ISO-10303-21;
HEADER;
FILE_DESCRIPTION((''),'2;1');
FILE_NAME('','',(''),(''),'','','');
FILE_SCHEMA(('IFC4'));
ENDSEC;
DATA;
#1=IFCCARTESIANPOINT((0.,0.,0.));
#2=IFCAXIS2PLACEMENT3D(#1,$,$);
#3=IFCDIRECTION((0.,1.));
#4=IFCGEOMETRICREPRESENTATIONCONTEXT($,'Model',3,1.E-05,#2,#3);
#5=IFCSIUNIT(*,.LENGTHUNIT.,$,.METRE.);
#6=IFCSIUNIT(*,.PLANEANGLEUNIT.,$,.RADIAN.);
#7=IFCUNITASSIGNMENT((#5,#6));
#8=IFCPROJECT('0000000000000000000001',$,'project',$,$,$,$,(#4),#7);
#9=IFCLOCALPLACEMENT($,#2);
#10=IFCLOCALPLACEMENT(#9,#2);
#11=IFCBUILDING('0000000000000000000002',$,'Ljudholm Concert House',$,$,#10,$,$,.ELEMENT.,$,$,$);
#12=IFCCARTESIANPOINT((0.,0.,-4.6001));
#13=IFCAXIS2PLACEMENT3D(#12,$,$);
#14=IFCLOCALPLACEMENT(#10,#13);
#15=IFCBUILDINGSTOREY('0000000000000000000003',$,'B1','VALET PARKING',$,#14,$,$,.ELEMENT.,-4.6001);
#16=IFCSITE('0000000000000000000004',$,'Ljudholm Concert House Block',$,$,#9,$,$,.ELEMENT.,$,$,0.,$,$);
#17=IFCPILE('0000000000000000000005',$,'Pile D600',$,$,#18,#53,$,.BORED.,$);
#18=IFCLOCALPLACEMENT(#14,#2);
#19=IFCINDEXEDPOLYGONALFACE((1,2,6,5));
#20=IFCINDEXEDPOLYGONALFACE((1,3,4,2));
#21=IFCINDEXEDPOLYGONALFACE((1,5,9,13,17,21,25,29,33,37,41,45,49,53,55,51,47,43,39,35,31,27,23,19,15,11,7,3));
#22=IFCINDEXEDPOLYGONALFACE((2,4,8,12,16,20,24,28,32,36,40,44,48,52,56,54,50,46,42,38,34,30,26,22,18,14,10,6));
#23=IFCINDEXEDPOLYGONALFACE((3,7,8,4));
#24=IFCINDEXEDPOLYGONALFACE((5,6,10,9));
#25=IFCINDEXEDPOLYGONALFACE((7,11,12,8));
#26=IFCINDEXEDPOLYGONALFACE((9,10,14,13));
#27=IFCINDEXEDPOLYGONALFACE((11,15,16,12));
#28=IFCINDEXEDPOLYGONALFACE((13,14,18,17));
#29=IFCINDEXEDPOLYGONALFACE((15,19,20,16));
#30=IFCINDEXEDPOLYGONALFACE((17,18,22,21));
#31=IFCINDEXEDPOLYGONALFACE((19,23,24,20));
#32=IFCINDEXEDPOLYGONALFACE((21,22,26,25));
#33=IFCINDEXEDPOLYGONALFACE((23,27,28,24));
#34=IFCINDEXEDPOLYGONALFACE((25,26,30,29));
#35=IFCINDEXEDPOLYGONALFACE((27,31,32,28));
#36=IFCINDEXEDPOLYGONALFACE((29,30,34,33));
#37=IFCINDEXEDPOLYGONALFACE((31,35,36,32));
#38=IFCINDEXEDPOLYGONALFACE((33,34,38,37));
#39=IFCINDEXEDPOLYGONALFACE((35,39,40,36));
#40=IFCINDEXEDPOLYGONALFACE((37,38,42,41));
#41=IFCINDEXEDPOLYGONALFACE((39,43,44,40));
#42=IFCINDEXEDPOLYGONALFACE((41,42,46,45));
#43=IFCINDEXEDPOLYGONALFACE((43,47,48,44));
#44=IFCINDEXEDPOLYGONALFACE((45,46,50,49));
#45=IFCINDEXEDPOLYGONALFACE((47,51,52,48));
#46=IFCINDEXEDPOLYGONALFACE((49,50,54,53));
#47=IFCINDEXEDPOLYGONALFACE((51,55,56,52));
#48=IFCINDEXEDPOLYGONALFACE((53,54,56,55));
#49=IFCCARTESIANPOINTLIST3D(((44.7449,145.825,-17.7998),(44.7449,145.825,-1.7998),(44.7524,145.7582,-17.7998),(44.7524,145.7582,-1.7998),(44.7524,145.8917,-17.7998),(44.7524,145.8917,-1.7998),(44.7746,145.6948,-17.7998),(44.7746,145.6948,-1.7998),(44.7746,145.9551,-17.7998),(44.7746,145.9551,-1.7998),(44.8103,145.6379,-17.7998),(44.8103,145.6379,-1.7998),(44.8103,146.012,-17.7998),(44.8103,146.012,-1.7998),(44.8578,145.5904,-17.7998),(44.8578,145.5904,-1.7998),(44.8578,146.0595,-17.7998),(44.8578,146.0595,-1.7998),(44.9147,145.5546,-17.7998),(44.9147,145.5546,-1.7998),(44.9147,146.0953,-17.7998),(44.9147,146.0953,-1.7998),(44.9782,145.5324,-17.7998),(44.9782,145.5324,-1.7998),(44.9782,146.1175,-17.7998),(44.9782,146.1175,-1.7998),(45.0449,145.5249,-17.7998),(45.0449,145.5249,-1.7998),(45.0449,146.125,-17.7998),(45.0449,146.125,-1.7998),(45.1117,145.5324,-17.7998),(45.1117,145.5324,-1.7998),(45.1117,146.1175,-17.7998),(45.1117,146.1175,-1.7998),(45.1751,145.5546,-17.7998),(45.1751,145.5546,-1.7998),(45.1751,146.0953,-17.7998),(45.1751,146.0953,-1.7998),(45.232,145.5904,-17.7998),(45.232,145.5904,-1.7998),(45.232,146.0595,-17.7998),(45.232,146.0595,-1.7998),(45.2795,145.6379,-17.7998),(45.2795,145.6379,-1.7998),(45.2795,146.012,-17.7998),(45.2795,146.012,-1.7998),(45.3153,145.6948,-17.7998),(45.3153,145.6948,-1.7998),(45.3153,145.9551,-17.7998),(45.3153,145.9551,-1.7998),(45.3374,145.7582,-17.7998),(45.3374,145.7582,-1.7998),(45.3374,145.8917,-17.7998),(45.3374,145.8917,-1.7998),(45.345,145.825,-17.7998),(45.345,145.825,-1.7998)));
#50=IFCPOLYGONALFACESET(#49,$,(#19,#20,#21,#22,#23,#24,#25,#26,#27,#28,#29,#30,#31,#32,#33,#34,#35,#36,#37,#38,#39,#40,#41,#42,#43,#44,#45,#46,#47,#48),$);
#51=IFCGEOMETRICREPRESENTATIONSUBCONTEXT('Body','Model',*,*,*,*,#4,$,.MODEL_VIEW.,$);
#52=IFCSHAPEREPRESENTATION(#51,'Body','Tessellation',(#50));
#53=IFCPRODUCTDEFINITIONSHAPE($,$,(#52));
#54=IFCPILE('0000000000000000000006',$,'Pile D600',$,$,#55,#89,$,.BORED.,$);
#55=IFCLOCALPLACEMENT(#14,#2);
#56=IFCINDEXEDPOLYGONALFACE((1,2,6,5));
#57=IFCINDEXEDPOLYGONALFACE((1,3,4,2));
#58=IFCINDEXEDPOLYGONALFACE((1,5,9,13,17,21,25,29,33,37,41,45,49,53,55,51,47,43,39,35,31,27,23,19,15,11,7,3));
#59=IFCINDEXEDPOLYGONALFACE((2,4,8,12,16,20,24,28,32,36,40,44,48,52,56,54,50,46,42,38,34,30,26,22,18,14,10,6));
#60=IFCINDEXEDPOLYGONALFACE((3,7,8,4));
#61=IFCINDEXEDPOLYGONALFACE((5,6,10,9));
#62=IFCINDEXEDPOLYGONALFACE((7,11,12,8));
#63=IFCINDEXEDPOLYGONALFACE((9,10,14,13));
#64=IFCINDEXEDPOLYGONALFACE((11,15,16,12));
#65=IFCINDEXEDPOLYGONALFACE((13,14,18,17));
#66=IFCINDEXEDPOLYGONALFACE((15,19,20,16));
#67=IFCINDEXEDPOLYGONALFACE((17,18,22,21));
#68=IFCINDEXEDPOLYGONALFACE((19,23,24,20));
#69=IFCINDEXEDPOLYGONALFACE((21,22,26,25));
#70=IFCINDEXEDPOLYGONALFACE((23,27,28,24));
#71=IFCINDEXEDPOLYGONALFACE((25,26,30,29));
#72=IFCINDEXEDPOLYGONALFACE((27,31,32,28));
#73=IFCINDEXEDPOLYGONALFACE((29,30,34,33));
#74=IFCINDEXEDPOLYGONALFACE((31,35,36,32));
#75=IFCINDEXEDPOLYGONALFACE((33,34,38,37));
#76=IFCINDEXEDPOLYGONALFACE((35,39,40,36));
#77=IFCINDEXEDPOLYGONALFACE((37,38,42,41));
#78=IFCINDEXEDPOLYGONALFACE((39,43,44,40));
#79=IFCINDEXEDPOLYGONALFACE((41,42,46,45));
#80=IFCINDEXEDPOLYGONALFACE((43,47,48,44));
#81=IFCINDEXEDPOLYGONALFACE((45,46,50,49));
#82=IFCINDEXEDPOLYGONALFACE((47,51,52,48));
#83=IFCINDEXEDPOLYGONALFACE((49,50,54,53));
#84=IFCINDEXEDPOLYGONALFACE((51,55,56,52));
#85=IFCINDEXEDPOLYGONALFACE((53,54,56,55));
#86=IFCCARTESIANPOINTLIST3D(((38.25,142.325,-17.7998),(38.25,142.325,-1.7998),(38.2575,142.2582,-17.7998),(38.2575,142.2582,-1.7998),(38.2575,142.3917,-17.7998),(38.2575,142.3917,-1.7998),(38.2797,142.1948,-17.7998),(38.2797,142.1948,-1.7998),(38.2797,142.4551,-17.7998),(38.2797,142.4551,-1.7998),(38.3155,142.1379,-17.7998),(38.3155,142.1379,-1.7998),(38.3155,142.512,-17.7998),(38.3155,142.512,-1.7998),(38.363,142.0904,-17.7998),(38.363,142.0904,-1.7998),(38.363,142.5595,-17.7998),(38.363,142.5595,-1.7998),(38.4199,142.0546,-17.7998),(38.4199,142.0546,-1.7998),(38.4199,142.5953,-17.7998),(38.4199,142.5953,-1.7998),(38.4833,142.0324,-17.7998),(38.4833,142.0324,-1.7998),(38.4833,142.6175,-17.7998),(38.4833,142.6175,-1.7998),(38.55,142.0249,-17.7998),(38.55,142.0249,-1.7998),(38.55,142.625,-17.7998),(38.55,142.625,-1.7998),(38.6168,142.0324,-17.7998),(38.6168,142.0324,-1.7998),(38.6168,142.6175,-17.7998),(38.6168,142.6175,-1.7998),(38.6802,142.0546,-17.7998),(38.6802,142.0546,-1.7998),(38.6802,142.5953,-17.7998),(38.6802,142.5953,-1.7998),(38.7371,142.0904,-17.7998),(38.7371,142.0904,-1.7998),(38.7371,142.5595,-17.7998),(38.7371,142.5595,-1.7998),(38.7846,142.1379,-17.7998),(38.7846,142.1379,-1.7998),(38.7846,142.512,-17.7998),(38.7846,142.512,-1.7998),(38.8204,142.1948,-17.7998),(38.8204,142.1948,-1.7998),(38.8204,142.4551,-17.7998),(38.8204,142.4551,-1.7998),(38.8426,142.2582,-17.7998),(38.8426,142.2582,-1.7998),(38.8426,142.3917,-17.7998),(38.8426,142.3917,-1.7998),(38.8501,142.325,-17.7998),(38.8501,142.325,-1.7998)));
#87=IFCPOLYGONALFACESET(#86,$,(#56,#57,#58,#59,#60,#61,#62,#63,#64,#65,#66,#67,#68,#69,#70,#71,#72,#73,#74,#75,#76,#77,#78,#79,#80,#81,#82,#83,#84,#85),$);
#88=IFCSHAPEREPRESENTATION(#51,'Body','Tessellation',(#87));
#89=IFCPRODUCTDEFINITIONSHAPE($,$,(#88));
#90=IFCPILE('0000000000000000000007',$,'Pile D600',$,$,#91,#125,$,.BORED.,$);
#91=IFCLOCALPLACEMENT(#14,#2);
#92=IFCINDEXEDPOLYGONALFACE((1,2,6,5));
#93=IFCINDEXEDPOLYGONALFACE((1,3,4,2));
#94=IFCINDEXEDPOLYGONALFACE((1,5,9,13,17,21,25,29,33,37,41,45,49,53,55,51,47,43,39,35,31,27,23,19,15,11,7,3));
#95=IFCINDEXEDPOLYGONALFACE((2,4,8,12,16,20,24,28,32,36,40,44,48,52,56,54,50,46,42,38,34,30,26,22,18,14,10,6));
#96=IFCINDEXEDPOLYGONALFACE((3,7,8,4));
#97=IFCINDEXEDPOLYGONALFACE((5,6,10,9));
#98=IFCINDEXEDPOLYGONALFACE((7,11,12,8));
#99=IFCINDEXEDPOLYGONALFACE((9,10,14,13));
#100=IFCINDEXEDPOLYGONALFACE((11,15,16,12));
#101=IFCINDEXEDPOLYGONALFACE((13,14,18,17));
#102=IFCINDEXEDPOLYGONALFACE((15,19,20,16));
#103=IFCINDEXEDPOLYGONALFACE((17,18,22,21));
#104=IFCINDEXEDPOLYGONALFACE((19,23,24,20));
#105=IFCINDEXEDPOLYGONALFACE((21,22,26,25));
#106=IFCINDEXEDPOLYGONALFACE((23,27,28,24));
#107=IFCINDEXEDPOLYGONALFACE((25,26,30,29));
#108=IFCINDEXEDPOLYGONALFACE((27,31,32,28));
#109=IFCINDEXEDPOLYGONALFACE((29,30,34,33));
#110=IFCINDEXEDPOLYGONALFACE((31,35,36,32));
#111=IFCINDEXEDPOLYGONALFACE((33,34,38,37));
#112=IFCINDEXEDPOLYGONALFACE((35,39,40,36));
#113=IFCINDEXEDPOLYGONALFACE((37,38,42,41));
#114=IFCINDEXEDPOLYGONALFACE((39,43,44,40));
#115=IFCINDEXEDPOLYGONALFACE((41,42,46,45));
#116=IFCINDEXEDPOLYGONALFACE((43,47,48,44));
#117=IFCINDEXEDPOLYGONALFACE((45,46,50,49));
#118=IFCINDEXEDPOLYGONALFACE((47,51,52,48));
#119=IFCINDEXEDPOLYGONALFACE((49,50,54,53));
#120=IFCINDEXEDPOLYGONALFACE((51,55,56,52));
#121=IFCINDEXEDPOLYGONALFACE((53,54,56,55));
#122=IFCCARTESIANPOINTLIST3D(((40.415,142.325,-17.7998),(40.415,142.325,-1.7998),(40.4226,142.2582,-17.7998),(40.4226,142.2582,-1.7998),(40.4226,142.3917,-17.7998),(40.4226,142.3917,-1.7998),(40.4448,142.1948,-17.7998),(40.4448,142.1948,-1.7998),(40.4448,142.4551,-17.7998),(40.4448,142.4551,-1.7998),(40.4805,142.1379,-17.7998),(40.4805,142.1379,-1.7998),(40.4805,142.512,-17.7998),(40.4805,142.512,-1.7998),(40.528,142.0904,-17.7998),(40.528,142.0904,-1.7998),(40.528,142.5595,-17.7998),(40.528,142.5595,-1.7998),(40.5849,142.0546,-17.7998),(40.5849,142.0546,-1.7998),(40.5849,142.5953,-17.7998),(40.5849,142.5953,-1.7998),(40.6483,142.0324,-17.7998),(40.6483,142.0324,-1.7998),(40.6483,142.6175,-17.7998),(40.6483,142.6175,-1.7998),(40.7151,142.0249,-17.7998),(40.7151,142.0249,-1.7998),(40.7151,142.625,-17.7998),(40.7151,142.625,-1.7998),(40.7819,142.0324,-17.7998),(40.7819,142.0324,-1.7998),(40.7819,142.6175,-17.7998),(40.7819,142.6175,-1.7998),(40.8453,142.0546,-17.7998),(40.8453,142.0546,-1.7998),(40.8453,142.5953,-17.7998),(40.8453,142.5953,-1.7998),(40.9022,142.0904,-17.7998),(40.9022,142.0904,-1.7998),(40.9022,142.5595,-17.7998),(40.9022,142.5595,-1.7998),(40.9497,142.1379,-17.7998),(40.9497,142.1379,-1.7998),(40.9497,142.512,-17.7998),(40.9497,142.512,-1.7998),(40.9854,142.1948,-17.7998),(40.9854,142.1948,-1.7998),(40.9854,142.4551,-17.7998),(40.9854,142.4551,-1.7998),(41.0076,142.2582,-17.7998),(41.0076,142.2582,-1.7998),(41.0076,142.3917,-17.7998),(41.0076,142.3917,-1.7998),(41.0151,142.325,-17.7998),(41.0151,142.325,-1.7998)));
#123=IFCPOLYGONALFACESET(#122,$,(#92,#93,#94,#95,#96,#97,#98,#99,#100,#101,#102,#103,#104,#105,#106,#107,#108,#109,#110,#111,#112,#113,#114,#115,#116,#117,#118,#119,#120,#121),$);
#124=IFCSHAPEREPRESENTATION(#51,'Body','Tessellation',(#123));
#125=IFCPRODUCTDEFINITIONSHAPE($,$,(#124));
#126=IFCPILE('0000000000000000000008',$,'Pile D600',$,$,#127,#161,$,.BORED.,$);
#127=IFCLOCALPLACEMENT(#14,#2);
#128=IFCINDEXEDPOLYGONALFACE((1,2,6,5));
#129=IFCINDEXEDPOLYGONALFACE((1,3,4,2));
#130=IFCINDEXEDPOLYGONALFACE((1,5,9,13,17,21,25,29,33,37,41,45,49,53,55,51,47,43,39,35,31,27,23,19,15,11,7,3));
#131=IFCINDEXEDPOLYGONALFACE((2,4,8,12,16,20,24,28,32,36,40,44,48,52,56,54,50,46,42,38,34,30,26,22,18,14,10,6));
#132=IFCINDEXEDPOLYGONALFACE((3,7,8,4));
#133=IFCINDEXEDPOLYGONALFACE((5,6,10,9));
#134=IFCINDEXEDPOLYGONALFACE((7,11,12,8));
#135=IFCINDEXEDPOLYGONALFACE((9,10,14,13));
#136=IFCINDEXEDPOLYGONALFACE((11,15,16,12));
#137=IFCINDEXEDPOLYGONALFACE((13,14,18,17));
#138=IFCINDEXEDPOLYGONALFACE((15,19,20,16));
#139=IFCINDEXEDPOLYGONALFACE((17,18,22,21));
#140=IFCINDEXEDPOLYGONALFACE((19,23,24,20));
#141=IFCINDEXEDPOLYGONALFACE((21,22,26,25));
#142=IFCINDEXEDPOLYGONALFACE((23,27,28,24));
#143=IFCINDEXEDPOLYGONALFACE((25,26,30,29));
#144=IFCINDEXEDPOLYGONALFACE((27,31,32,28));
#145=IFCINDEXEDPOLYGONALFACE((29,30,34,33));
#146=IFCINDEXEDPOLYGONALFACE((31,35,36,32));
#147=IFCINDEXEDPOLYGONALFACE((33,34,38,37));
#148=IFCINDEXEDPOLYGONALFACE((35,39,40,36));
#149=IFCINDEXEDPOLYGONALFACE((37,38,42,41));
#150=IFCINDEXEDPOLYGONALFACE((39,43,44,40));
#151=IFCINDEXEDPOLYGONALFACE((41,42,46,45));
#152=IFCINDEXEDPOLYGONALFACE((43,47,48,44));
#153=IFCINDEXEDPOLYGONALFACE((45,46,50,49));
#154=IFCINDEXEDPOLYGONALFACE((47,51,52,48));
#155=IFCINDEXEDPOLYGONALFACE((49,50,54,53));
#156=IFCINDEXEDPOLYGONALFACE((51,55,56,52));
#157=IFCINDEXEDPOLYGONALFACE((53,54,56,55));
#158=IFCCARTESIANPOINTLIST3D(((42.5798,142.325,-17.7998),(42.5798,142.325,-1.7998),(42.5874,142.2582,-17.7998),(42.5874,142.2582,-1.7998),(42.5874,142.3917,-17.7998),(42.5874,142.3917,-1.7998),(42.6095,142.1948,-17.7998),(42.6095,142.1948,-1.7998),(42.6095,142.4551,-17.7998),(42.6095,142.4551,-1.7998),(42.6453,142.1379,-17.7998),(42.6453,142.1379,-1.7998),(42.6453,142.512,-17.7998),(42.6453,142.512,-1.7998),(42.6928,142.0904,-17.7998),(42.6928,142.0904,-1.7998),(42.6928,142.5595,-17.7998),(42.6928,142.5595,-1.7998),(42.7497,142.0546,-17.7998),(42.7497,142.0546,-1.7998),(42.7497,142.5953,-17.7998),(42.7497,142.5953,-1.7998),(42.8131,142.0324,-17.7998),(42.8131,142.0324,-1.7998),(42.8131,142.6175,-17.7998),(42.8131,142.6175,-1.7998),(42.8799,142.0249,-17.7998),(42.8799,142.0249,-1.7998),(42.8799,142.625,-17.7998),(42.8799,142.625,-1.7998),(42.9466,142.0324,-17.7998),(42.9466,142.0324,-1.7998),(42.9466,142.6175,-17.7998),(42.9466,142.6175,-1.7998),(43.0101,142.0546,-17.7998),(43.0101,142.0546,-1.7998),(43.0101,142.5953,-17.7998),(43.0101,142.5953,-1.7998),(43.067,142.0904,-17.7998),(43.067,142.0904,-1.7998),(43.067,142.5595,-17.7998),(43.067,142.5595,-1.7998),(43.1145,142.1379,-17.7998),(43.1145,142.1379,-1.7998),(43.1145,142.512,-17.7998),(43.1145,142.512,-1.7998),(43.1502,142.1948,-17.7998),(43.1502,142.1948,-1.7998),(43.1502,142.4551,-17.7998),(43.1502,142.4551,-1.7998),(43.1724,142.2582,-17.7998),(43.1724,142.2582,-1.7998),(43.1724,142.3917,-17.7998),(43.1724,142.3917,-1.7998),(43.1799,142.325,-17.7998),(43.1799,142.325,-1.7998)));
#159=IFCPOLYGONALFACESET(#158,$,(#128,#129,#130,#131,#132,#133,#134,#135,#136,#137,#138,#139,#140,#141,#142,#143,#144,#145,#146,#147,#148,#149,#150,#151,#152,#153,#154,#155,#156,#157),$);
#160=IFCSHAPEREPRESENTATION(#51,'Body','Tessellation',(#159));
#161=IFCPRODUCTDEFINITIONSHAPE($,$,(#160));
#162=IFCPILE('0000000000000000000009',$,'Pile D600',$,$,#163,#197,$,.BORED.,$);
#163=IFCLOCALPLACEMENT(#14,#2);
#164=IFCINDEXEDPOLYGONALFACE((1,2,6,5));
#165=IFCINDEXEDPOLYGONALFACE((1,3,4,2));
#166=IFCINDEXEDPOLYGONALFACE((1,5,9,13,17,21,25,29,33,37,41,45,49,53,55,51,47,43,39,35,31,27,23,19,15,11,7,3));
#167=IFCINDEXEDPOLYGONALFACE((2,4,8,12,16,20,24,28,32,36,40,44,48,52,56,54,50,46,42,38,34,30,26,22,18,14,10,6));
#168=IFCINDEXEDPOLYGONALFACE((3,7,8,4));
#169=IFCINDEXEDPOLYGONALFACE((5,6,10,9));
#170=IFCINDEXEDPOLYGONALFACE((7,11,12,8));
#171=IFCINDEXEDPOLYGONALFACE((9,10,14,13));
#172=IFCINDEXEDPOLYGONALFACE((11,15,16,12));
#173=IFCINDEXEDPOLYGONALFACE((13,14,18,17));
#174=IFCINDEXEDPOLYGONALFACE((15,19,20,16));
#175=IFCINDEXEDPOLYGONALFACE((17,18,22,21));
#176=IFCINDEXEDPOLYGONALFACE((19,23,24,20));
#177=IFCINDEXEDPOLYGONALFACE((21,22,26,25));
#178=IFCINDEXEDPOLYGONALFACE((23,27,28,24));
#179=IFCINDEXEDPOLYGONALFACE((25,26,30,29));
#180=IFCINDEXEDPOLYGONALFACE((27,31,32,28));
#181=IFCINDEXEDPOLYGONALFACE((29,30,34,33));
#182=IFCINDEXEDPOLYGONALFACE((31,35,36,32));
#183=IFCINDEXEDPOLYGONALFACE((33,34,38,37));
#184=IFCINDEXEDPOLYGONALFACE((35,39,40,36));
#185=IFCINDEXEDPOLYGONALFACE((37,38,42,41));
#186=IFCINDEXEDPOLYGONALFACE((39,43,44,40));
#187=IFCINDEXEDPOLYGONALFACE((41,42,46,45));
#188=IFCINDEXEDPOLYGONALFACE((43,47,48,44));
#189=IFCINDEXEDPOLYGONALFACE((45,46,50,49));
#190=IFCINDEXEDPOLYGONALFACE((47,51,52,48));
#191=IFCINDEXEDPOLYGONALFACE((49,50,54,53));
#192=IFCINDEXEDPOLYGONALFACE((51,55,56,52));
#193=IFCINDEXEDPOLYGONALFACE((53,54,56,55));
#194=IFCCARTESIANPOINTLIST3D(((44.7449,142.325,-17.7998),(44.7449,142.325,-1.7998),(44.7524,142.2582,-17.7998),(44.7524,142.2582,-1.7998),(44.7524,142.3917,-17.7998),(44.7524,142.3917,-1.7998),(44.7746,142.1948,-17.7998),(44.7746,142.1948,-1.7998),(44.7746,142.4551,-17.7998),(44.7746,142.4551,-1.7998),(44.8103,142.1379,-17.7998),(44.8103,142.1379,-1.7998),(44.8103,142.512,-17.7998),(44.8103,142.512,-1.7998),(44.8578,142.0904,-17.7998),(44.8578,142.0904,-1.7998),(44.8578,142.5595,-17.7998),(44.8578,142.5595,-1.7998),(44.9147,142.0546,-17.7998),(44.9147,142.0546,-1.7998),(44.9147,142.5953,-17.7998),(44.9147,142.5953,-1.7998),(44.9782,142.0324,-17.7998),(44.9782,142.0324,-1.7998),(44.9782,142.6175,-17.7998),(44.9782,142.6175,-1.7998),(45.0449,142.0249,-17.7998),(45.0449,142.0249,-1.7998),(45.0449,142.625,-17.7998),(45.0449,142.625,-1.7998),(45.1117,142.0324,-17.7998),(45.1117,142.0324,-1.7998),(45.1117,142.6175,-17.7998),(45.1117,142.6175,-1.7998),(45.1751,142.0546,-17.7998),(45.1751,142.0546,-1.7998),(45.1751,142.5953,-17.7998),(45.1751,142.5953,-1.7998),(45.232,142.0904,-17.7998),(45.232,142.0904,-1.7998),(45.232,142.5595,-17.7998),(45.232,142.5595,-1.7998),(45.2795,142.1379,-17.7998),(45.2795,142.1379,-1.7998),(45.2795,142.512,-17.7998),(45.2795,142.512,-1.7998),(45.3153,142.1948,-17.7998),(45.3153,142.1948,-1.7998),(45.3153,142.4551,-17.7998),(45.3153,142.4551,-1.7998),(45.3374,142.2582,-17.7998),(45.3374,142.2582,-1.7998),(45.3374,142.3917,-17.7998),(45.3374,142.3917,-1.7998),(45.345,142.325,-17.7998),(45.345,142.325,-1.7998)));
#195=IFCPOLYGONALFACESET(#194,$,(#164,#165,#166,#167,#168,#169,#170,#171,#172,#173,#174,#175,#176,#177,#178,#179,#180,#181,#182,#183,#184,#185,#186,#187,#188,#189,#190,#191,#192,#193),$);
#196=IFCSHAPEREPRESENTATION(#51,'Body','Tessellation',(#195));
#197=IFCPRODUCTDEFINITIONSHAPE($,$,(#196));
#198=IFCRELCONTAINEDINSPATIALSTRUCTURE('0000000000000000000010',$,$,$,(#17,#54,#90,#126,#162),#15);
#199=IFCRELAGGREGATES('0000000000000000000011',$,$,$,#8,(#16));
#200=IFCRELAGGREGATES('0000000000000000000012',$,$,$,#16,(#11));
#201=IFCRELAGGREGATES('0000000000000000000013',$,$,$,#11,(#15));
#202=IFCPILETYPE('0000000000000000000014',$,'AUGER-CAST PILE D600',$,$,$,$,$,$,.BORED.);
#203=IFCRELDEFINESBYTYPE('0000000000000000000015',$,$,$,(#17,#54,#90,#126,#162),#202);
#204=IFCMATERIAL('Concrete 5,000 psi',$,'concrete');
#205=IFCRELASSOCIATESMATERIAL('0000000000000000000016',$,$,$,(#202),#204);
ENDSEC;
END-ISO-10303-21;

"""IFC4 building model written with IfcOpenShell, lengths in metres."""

from ifc_helpers import new_model, si_unit, direction, frame, origin, origin_2d, place, context, subcontext, project, spatial, circle, extrude, material, material_profile, profile_set, type_object, element, save


model = new_model("IFC4")

# Units and contexts
model_context = context("Model", 3, precision=1e-05, world=origin(), true_north=direction((0.0, 1.0)))
body_context = subcontext(model_context, "Body", "Model", "MODEL_VIEW")
ifc_project = project(units=[si_unit("LENGTHUNIT", "METRE"), si_unit("PLANEANGLEUNIT", "RADIAN")], contexts=[model_context])

# Site, building, storey
site_placement = place(None, origin())
site = spatial("IfcSite", under=ifc_project, at=site_placement, Name="Ljudholm Concert House Block", CompositionType="ELEMENT", RefElevation=0.0)
building_placement = place(site_placement, origin())
building = spatial("IfcBuilding", under=site, at=building_placement, Name="Ljudholm Concert House", CompositionType="ELEMENT")
storey_placement = place(building_placement, frame((0.0, 0.0, -4.6001)))
storey = spatial("IfcBuildingStorey", under=building, at=storey_placement, Name="B1", Description="VALET PARKING", CompositionType="ELEMENT", Elevation=-4.6001)

# Piles
ifc_material_1 = material(Name="Concrete 5,000 psi", Category="concrete")
ifc_material_profile_1 = material_profile(ifc_material_1, circle(Radius=0.3, at=origin_2d()), Name="AUGER-CAST PILE D600")
ifc_profile_set_1 = profile_set([ifc_material_profile_1], Name="Concrete 5,000 psi")
pile_type = type_object("IfcPileType", Name="AUGER-CAST PILE D600", PredefinedType="BORED", material=ifc_profile_set_1)
for number, where, z_axis, x_axis, name in (
    (1, (45.0449, 145.825, -1.7998), (0.0, 0.0, -1.0), (1.0, 0.0, 0.0), "Pile D600"),
    (2, (38.55, 142.325, -1.7998), (0.0, 0.0, -1.0), (1.0, 0.0, 0.0), "Pile D600"),
    (3, (40.7151, 142.325, -1.7998), (0.0, 0.0, -1.0), (1.0, 0.0, 0.0), "Pile D600"),
    (4, (42.8799, 142.325, -1.7998), (0.0, 0.0, -1.0), (1.0, 0.0, 0.0), "Pile D600"),
    (5, (45.0449, 142.325, -1.7998), (0.0, 0.0, -1.0), (1.0, 0.0, 0.0), "Pile D600"),
):
    element("IfcPile", number, at=place(storey_placement, frame(where, z_axis=z_axis, x_axis=x_axis)), inside=storey, type_object=pile_type, Name=name, PredefinedType="BORED", context=body_context, shape_type="SweptSolid", body=[
        extrude(circle(Radius=0.3, at=origin_2d()), origin(), (0.0, 0.0, 1.0), 16.0),
    ])

save(model, "model.ifc")
